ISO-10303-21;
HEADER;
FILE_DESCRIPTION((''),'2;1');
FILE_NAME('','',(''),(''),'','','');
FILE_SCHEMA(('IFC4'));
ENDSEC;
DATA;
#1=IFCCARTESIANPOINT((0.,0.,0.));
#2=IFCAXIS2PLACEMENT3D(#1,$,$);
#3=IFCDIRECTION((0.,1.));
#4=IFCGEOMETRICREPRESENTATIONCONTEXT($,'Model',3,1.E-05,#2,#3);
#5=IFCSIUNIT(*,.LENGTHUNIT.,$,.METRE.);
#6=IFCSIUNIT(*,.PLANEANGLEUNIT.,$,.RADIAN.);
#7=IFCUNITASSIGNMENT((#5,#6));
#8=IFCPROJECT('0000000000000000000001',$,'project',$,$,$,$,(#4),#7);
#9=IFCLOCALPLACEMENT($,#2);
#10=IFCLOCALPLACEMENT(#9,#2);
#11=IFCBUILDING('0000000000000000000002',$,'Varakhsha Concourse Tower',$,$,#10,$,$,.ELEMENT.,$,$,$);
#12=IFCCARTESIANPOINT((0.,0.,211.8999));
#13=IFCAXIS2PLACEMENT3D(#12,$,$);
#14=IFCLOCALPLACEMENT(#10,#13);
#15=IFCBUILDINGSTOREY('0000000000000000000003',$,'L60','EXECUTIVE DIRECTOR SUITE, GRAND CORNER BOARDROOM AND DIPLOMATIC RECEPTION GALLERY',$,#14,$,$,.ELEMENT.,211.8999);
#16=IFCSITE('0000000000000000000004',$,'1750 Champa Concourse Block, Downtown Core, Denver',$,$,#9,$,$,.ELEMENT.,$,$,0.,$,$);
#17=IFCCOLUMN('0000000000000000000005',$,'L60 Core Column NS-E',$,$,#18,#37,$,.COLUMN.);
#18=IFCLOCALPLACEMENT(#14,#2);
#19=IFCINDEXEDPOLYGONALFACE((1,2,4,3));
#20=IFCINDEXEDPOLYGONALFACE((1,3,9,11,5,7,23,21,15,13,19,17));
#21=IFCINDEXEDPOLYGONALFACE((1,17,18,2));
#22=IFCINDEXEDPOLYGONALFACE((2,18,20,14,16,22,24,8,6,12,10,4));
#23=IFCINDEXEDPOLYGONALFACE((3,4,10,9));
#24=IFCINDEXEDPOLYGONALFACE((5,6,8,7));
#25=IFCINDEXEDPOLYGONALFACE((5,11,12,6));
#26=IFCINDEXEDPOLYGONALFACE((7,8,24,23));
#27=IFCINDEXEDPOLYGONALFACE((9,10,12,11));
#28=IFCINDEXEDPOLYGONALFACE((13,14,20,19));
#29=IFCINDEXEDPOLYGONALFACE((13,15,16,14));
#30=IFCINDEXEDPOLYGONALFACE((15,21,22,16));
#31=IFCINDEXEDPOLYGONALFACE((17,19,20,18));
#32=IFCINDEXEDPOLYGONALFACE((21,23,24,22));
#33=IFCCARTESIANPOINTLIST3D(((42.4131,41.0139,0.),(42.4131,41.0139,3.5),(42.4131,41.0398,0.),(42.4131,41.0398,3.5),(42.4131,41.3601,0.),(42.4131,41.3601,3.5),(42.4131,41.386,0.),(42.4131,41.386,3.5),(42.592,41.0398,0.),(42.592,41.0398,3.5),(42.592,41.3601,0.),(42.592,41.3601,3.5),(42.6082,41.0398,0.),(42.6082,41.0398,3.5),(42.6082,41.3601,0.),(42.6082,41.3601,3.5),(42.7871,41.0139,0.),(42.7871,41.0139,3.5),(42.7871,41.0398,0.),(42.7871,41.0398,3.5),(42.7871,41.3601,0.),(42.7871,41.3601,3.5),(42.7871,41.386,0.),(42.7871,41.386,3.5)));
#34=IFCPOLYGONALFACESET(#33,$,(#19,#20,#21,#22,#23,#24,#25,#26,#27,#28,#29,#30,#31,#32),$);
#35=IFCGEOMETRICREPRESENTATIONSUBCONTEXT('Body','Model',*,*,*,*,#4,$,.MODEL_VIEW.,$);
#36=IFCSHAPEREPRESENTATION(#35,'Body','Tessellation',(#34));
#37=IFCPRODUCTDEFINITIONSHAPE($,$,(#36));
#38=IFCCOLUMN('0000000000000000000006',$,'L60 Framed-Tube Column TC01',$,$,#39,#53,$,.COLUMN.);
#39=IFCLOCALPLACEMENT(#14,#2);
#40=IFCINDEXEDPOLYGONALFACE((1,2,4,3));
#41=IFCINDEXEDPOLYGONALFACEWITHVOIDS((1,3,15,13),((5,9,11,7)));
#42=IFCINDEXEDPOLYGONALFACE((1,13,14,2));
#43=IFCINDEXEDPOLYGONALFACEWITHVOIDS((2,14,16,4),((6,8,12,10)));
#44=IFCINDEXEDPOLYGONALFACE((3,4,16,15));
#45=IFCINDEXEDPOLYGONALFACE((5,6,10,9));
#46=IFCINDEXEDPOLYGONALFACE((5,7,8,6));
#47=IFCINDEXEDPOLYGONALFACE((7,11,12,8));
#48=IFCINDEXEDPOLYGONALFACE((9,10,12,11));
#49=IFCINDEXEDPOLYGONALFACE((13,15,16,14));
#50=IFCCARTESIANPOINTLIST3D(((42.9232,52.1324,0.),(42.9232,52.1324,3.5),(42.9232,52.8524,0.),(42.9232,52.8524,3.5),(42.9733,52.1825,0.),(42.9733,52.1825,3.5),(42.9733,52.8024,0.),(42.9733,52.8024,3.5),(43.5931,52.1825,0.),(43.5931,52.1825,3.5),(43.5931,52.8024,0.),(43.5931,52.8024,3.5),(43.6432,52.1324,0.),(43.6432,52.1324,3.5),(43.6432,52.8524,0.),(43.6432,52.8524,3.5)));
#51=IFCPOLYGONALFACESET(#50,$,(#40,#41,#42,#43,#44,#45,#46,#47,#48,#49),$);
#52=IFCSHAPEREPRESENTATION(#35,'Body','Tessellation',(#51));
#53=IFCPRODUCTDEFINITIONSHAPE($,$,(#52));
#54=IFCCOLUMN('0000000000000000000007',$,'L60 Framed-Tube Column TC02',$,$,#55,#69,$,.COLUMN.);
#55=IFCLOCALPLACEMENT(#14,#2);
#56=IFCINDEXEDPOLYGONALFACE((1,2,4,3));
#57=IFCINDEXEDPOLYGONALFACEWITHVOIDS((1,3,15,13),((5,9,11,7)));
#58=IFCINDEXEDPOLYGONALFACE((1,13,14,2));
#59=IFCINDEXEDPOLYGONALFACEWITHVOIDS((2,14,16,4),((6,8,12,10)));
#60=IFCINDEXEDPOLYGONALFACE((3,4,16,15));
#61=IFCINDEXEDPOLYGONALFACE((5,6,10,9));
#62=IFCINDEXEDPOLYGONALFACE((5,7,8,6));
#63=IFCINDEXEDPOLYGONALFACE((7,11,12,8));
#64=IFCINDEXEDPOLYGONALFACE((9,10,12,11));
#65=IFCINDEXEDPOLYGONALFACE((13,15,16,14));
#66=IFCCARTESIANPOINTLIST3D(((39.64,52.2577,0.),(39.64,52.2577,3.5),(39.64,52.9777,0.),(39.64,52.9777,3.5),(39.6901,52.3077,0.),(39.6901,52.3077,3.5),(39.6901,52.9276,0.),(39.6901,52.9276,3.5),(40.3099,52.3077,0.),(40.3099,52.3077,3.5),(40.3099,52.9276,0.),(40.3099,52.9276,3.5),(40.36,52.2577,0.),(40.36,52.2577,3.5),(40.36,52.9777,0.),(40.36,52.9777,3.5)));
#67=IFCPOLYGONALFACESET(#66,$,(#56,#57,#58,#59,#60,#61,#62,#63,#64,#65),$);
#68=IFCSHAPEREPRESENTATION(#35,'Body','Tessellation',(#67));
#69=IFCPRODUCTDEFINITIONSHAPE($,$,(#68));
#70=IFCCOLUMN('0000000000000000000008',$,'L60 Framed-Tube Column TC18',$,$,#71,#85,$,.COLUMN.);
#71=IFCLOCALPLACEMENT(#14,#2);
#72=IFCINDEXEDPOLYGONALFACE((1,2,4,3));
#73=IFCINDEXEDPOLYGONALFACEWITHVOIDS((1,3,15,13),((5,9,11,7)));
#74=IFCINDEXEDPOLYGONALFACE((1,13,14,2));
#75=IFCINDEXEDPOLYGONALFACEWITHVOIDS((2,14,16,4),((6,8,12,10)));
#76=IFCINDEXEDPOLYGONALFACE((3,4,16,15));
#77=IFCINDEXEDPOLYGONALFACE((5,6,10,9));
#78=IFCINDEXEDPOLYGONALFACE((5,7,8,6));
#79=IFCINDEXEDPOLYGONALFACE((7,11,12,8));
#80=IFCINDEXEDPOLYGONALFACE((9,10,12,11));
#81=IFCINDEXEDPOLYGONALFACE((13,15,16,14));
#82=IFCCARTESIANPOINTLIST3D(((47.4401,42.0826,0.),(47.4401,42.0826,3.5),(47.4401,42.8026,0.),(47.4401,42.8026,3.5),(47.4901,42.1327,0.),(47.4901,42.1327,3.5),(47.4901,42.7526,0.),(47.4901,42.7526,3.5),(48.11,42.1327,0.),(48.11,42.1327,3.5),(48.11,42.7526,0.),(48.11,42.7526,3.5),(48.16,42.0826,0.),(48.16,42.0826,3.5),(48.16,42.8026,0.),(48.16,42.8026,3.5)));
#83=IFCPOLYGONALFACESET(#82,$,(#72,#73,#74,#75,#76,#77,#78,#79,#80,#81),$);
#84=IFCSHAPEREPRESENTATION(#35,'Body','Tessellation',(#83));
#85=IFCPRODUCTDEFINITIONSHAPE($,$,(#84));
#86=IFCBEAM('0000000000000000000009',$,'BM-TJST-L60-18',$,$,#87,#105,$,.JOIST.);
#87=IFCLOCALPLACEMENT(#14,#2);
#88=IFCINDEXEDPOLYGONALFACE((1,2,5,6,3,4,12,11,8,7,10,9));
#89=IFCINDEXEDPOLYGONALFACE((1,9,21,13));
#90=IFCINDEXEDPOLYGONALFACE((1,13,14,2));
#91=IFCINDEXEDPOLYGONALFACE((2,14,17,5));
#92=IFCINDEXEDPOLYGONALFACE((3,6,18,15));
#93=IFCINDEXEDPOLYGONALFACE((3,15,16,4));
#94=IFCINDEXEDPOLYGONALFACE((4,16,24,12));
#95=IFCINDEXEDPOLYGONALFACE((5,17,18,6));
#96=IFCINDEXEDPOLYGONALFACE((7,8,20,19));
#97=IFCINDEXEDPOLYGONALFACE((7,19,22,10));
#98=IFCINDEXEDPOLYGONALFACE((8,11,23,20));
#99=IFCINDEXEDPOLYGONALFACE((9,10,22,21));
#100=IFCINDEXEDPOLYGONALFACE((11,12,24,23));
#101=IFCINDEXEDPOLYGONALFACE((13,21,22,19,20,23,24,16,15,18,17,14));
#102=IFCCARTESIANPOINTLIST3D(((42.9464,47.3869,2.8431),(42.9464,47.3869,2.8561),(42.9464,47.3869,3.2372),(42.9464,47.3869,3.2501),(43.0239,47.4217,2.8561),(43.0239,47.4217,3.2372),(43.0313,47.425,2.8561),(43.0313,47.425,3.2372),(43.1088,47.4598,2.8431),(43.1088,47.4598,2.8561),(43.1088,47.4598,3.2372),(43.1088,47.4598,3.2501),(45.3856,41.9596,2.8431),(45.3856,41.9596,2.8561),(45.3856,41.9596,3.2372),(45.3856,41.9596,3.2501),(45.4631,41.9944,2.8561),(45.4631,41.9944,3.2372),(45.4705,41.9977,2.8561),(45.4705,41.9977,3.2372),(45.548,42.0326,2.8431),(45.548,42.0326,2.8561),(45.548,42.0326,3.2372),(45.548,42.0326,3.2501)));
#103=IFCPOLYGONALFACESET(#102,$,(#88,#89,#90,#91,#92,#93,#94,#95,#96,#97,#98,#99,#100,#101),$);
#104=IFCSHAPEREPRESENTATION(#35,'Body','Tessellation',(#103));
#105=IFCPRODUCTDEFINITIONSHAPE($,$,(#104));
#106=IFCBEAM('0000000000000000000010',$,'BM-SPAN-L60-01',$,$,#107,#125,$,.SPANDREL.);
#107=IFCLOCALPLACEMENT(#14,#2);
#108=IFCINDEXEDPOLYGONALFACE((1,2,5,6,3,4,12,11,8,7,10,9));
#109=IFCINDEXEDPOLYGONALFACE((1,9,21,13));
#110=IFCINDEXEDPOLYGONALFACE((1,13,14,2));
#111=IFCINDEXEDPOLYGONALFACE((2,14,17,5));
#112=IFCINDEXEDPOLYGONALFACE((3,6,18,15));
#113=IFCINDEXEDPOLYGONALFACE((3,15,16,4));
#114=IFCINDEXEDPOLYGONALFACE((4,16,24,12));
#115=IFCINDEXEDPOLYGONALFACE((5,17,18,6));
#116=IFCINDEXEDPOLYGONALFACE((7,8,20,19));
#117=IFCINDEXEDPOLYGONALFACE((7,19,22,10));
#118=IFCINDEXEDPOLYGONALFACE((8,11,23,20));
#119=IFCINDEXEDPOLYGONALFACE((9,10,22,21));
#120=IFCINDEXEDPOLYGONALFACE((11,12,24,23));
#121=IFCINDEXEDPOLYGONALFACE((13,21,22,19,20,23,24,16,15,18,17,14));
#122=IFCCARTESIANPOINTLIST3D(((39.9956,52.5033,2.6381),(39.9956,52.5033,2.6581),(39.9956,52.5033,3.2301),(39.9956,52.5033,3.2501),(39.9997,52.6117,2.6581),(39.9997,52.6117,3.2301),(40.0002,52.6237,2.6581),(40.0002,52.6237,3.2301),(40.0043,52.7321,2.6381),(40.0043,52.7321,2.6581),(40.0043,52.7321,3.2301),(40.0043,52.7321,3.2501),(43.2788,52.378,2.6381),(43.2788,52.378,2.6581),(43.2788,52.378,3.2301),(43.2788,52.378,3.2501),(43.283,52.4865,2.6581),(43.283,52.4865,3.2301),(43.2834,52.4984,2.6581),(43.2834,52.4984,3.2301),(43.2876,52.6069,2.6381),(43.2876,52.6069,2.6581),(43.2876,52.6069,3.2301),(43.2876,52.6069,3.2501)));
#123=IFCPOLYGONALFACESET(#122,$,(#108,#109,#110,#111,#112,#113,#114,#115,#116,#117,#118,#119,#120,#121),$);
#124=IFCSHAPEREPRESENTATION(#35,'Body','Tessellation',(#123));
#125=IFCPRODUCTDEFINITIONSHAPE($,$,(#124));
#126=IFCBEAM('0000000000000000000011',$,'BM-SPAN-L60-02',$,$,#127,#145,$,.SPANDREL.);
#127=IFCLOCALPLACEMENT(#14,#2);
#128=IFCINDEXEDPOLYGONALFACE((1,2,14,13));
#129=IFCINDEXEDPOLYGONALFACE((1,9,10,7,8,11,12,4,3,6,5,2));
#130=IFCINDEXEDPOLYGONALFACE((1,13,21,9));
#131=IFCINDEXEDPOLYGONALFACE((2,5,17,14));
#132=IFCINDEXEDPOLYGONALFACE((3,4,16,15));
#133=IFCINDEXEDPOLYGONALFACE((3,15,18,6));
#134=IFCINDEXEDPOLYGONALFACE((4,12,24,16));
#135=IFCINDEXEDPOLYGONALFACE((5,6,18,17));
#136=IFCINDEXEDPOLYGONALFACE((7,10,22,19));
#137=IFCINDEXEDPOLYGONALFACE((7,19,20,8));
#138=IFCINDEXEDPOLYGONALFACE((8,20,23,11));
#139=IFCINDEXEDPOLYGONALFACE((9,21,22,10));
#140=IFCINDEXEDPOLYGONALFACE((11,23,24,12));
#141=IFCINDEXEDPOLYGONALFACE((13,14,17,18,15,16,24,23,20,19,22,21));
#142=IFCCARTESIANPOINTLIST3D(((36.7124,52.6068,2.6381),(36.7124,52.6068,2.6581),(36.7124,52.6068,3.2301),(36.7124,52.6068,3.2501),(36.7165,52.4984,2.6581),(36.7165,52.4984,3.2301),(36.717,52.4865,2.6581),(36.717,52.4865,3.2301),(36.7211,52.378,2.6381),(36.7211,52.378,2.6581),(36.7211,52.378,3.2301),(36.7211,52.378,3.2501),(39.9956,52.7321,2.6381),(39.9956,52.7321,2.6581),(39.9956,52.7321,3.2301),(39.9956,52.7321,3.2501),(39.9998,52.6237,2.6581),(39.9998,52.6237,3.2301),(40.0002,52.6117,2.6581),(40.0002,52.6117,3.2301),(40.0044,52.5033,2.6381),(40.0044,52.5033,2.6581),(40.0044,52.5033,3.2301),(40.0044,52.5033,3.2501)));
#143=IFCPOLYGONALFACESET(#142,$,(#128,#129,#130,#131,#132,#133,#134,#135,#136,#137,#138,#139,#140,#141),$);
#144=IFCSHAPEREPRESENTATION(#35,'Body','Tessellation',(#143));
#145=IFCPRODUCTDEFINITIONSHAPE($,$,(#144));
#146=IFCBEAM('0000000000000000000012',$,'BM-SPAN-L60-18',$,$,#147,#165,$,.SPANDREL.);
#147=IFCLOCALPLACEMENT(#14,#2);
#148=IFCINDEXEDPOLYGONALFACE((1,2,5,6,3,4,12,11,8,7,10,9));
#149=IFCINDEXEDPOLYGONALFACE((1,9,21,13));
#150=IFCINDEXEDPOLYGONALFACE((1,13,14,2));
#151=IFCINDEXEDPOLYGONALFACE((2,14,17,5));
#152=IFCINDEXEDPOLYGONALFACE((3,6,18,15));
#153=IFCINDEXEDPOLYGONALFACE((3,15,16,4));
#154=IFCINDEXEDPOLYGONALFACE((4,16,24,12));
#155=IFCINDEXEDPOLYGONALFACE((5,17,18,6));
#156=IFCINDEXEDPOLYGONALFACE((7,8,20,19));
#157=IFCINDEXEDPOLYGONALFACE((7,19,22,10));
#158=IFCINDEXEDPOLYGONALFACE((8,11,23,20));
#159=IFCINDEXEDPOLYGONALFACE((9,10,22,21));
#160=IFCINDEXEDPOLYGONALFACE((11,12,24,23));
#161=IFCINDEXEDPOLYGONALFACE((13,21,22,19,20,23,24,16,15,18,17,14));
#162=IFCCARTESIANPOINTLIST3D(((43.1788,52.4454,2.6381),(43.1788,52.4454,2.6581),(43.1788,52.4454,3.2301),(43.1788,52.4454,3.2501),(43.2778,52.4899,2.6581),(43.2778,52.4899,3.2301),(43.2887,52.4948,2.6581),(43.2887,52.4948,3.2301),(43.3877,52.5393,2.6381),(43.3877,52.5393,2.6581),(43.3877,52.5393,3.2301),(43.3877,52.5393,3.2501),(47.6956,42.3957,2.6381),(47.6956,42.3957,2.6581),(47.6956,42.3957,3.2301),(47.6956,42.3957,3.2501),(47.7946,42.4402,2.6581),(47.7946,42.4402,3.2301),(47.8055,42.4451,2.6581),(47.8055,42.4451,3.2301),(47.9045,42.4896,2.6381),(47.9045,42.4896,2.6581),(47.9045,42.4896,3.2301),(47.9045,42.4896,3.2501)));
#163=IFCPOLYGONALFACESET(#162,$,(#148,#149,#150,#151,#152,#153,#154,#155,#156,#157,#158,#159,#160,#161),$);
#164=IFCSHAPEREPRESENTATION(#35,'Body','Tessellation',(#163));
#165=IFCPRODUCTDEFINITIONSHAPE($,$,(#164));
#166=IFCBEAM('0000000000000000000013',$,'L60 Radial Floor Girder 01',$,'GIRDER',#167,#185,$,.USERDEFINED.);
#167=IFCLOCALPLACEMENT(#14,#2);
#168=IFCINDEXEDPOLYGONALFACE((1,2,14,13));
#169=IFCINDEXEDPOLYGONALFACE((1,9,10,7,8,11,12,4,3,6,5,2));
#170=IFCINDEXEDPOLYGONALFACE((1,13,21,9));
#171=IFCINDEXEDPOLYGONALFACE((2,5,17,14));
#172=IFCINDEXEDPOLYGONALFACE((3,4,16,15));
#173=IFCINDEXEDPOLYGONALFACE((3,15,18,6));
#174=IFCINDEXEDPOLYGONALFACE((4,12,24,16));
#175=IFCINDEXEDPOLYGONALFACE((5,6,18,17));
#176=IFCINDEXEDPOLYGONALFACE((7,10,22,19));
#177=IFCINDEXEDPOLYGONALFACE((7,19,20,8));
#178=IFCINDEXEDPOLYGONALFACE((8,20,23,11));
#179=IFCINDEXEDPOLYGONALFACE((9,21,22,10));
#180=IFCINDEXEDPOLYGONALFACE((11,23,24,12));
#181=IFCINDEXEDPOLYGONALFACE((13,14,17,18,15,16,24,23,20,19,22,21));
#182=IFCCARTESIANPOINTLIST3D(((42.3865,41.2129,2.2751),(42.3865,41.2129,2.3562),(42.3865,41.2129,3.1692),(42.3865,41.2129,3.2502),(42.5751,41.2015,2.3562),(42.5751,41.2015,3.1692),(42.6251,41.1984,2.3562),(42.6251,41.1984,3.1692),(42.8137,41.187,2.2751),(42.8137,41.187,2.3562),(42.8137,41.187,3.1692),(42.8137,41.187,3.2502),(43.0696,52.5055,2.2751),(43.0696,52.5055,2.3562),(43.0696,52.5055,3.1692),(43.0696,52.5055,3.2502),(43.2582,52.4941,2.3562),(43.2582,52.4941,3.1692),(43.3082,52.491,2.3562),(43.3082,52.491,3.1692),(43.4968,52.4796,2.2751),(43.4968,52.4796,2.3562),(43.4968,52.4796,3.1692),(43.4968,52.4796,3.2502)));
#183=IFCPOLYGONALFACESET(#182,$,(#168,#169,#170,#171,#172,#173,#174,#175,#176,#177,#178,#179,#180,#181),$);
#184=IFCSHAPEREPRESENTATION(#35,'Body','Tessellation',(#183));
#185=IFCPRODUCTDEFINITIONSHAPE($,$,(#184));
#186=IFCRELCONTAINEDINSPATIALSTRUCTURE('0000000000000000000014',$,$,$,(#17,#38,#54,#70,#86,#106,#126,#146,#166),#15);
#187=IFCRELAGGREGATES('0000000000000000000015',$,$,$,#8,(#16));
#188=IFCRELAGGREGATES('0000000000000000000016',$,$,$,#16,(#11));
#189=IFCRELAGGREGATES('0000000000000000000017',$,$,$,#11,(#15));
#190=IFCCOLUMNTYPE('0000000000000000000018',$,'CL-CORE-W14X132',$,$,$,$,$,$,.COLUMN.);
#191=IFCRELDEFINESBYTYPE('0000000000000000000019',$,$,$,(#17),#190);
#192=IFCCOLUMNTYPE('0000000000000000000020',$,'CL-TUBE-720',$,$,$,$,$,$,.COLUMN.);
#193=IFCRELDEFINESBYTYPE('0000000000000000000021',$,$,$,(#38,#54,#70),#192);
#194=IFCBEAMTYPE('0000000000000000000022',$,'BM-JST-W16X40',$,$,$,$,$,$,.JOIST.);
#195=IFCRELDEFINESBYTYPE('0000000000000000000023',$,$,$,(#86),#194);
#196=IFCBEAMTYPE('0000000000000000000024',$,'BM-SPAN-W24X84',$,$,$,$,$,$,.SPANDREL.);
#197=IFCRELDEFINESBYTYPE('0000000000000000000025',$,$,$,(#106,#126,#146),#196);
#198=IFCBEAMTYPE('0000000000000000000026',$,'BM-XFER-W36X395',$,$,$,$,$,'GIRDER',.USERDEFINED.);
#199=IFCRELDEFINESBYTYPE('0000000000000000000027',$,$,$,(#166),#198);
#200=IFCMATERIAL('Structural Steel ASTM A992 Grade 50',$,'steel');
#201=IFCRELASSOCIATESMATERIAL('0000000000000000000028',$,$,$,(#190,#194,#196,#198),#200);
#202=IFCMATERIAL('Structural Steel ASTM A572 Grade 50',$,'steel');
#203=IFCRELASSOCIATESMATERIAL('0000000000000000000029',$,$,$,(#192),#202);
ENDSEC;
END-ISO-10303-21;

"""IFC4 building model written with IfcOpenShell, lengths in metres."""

from ifc_helpers import new_model, si_unit, direction, frame, origin, origin_2d, place, context, subcontext, project, spatial, hollow_rectangle, i_section, extrude, material, material_profile, profile_set, type_object, element, save


model = new_model("IFC4")

# Units and contexts
model_context = context("Model", 3, precision=1e-05, world=origin(), true_north=direction((0.0, 1.0)))
body_context = subcontext(model_context, "Body", "Model", "MODEL_VIEW")
ifc_project = project(units=[si_unit("LENGTHUNIT", "METRE"), si_unit("PLANEANGLEUNIT", "RADIAN")], contexts=[model_context])

# Site, building, storey
site_placement = place(None, origin())
site = spatial("IfcSite", under=ifc_project, at=site_placement, Name="1750 Champa Concourse Block, Downtown Core, Denver", CompositionType="ELEMENT", RefElevation=0.0)
building_placement = place(site_placement, origin())
building = spatial("IfcBuilding", under=site, at=building_placement, Name="Varakhsha Concourse Tower", CompositionType="ELEMENT")
storey_placement = place(building_placement, frame((0.0, 0.0, 211.8999)))
storey = spatial("IfcBuildingStorey", under=building, at=storey_placement, Name="L60", Description="EXECUTIVE DIRECTOR SUITE, GRAND CORNER BOARDROOM AND DIPLOMATIC RECEPTION GALLERY", CompositionType="ELEMENT", Elevation=211.8999)

# Columns
ifc_material_1 = material(Name="Structural Steel ASTM A992 Grade 50", Category="steel")
ifc_material_profile_1 = material_profile(ifc_material_1, i_section(OverallWidth=0.374, OverallDepth=0.3721, WebThickness=0.0161, FlangeThickness=0.0259, at=origin_2d()), Name="W14X132")
ifc_profile_set_1 = profile_set([ifc_material_profile_1], Name="Structural Steel ASTM A992 Grade 50")
column_type_1 = type_object("IfcColumnType", Name="CL-CORE-W14X132", PredefinedType="COLUMN", material=ifc_profile_set_1)
column_placement = place(storey_placement, frame((42.6001, 41.2, 0.0), z_axis=(0.0, 0.0, 1.0), x_axis=(1.0, 0.0, 0.0)))
element("IfcColumn", 1, at=column_placement, inside=storey, type_object=column_type_1, Name="L60 Core Column NS-E", PredefinedType="COLUMN", context=body_context, shape_type="SweptSolid", body=[
    extrude(i_section(OverallWidth=0.374, OverallDepth=0.3721, WebThickness=0.0161, FlangeThickness=0.0259, at=origin_2d()), origin(), (0.0, 0.0, 1.0), 3.5),
])
ifc_material_2 = material(Name="Structural Steel ASTM A572 Grade 50", Category="steel")
ifc_material_profile_2 = material_profile(ifc_material_2, hollow_rectangle(XDim=0.72, YDim=0.72, WallThickness=0.05, at=origin_2d()), Name="BOX 720x720x50")
ifc_profile_set_2 = profile_set([ifc_material_profile_2], Name="Structural Steel ASTM A572 Grade 50")
column_type_2 = type_object("IfcColumnType", Name="CL-TUBE-720", PredefinedType="COLUMN", material=ifc_profile_set_2)
for number, where, z_axis, x_axis, name in (
    (2, (43.2832, 52.4924, 0.0), (0.0, 0.0, 1.0), (1.0, 0.0, 0.0), "L60 Framed-Tube Column TC01"),
    (3, (40.0, 52.6177, 0.0), (0.0, 0.0, 1.0), (1.0, 0.0, 0.0), "L60 Framed-Tube Column TC02"),
    (4, (47.8, 42.4426, 0.0), (0.0, 0.0, 1.0), (1.0, 0.0, 0.0), "L60 Framed-Tube Column TC18"),
):
    element("IfcColumn", number, at=place(storey_placement, frame(where, z_axis=z_axis, x_axis=x_axis)), inside=storey, type_object=column_type_2, Name=name, PredefinedType="COLUMN", context=body_context, shape_type="SweptSolid", body=[
        extrude(hollow_rectangle(XDim=0.72, YDim=0.72, WallThickness=0.05, at=origin_2d()), origin(), (0.0, 0.0, 1.0), 3.5),
    ])

# Beams
ifc_material_profile_3 = material_profile(ifc_material_1, i_section(OverallWidth=0.178, OverallDepth=0.407, WebThickness=0.0081, FlangeThickness=0.0129, at=origin_2d()), Name="W16X40")
ifc_profile_set_3 = profile_set([ifc_material_profile_3], Name="Structural Steel ASTM A992 Grade 50")
beam_type_1 = type_object("IfcBeamType", Name="BM-JST-W16X40", PredefinedType="JOIST", material=ifc_profile_set_3)
beam_1_placement = place(storey_placement, frame((45.4668, 41.9961, 3.0466), z_axis=(-0.409938, 0.912113, 0.0), x_axis=(-0.912113, -0.409938, 0.0)))
element("IfcBeam", 5, at=beam_1_placement, inside=storey, type_object=beam_type_1, Name="BM-TJST-L60-18", PredefinedType="JOIST", context=body_context, shape_type="SweptSolid", body=[
    extrude(i_section(OverallWidth=0.178, OverallDepth=0.407, WebThickness=0.0081, FlangeThickness=0.0129, at=origin_2d()), origin(), (0.0, 0.0, 1.0), 5.9502),
])
ifc_material_profile_4 = material_profile(ifc_material_1, i_section(OverallWidth=0.229, OverallDepth=0.6121, WebThickness=0.012, FlangeThickness=0.02, at=origin_2d()), Name="W24X84")
ifc_profile_set_4 = profile_set([ifc_material_profile_4], Name="Structural Steel ASTM A992 Grade 50")
beam_type_2 = type_object("IfcBeamType", Name="BM-SPAN-W24X84", PredefinedType="SPANDREL", material=ifc_profile_set_4)
for number, where, z_axis, x_axis, name in (
    (6, (43.2832, 52.4924, 2.9441), (-0.999273, 0.038119, 0.0), (-0.038119, -0.999273, 0.0), "BM-SPAN-L60-01"),
    (7, (40.0, 52.6177, 2.9441), (-0.999273, -0.038119, 0.0), (0.038119, -0.999273, 0.0), "BM-SPAN-L60-02"),
):
    element("IfcBeam", number, at=place(storey_placement, frame(where, z_axis=z_axis, x_axis=x_axis)), inside=storey, type_object=beam_type_2, Name=name, PredefinedType="SPANDREL", context=body_context, shape_type="SweptSolid", body=[
        extrude(i_section(OverallWidth=0.229, OverallDepth=0.6121, WebThickness=0.012, FlangeThickness=0.02, at=origin_2d()), origin(), (0.0, 0.0, 1.0), 3.2856),
    ])
beam_2_placement = place(storey_placement, frame((47.8, 42.4426, 2.9441), z_axis=(-0.409945, 0.91211, 0.0), x_axis=(-0.91211, -0.409945, 0.0)))
element("IfcBeam", 8, at=beam_2_placement, inside=storey, type_object=beam_type_2, Name="BM-SPAN-L60-18", PredefinedType="SPANDREL", context=body_context, shape_type="SweptSolid", body=[
    extrude(i_section(OverallWidth=0.229, OverallDepth=0.6121, WebThickness=0.012, FlangeThickness=0.02, at=origin_2d()), origin(), (0.0, 0.0, 1.0), 11.0181),
])
ifc_material_profile_5 = material_profile(ifc_material_1, i_section(OverallWidth=0.428, OverallDepth=0.9751, WebThickness=0.05, FlangeThickness=0.0811, at=origin_2d()), Name="W36X395")
ifc_profile_set_5 = profile_set([ifc_material_profile_5], Name="Structural Steel ASTM A992 Grade 50")
beam_type_3 = type_object("IfcBeamType", Name="BM-XFER-W36X395", ElementType="GIRDER", PredefinedType="USERDEFINED", material=ifc_profile_set_5)
beam_3_placement = place(storey_placement, frame((42.6001, 41.2, 2.7627), z_axis=(0.060382, 0.998175, 0.0), x_axis=(-0.998175, 0.060382, 0.0)))
element("IfcBeam", 9, at=beam_3_placement, inside=storey, type_object=beam_type_3, Name="L60 Radial Floor Girder 01", ObjectType="GIRDER", PredefinedType="USERDEFINED", context=body_context, shape_type="SweptSolid", body=[
    extrude(i_section(OverallWidth=0.428, OverallDepth=0.9751, WebThickness=0.05, FlangeThickness=0.0811, at=origin_2d()), origin(), (0.0, 0.0, 1.0), 11.3132),
])

save(model, "model.ifc")
